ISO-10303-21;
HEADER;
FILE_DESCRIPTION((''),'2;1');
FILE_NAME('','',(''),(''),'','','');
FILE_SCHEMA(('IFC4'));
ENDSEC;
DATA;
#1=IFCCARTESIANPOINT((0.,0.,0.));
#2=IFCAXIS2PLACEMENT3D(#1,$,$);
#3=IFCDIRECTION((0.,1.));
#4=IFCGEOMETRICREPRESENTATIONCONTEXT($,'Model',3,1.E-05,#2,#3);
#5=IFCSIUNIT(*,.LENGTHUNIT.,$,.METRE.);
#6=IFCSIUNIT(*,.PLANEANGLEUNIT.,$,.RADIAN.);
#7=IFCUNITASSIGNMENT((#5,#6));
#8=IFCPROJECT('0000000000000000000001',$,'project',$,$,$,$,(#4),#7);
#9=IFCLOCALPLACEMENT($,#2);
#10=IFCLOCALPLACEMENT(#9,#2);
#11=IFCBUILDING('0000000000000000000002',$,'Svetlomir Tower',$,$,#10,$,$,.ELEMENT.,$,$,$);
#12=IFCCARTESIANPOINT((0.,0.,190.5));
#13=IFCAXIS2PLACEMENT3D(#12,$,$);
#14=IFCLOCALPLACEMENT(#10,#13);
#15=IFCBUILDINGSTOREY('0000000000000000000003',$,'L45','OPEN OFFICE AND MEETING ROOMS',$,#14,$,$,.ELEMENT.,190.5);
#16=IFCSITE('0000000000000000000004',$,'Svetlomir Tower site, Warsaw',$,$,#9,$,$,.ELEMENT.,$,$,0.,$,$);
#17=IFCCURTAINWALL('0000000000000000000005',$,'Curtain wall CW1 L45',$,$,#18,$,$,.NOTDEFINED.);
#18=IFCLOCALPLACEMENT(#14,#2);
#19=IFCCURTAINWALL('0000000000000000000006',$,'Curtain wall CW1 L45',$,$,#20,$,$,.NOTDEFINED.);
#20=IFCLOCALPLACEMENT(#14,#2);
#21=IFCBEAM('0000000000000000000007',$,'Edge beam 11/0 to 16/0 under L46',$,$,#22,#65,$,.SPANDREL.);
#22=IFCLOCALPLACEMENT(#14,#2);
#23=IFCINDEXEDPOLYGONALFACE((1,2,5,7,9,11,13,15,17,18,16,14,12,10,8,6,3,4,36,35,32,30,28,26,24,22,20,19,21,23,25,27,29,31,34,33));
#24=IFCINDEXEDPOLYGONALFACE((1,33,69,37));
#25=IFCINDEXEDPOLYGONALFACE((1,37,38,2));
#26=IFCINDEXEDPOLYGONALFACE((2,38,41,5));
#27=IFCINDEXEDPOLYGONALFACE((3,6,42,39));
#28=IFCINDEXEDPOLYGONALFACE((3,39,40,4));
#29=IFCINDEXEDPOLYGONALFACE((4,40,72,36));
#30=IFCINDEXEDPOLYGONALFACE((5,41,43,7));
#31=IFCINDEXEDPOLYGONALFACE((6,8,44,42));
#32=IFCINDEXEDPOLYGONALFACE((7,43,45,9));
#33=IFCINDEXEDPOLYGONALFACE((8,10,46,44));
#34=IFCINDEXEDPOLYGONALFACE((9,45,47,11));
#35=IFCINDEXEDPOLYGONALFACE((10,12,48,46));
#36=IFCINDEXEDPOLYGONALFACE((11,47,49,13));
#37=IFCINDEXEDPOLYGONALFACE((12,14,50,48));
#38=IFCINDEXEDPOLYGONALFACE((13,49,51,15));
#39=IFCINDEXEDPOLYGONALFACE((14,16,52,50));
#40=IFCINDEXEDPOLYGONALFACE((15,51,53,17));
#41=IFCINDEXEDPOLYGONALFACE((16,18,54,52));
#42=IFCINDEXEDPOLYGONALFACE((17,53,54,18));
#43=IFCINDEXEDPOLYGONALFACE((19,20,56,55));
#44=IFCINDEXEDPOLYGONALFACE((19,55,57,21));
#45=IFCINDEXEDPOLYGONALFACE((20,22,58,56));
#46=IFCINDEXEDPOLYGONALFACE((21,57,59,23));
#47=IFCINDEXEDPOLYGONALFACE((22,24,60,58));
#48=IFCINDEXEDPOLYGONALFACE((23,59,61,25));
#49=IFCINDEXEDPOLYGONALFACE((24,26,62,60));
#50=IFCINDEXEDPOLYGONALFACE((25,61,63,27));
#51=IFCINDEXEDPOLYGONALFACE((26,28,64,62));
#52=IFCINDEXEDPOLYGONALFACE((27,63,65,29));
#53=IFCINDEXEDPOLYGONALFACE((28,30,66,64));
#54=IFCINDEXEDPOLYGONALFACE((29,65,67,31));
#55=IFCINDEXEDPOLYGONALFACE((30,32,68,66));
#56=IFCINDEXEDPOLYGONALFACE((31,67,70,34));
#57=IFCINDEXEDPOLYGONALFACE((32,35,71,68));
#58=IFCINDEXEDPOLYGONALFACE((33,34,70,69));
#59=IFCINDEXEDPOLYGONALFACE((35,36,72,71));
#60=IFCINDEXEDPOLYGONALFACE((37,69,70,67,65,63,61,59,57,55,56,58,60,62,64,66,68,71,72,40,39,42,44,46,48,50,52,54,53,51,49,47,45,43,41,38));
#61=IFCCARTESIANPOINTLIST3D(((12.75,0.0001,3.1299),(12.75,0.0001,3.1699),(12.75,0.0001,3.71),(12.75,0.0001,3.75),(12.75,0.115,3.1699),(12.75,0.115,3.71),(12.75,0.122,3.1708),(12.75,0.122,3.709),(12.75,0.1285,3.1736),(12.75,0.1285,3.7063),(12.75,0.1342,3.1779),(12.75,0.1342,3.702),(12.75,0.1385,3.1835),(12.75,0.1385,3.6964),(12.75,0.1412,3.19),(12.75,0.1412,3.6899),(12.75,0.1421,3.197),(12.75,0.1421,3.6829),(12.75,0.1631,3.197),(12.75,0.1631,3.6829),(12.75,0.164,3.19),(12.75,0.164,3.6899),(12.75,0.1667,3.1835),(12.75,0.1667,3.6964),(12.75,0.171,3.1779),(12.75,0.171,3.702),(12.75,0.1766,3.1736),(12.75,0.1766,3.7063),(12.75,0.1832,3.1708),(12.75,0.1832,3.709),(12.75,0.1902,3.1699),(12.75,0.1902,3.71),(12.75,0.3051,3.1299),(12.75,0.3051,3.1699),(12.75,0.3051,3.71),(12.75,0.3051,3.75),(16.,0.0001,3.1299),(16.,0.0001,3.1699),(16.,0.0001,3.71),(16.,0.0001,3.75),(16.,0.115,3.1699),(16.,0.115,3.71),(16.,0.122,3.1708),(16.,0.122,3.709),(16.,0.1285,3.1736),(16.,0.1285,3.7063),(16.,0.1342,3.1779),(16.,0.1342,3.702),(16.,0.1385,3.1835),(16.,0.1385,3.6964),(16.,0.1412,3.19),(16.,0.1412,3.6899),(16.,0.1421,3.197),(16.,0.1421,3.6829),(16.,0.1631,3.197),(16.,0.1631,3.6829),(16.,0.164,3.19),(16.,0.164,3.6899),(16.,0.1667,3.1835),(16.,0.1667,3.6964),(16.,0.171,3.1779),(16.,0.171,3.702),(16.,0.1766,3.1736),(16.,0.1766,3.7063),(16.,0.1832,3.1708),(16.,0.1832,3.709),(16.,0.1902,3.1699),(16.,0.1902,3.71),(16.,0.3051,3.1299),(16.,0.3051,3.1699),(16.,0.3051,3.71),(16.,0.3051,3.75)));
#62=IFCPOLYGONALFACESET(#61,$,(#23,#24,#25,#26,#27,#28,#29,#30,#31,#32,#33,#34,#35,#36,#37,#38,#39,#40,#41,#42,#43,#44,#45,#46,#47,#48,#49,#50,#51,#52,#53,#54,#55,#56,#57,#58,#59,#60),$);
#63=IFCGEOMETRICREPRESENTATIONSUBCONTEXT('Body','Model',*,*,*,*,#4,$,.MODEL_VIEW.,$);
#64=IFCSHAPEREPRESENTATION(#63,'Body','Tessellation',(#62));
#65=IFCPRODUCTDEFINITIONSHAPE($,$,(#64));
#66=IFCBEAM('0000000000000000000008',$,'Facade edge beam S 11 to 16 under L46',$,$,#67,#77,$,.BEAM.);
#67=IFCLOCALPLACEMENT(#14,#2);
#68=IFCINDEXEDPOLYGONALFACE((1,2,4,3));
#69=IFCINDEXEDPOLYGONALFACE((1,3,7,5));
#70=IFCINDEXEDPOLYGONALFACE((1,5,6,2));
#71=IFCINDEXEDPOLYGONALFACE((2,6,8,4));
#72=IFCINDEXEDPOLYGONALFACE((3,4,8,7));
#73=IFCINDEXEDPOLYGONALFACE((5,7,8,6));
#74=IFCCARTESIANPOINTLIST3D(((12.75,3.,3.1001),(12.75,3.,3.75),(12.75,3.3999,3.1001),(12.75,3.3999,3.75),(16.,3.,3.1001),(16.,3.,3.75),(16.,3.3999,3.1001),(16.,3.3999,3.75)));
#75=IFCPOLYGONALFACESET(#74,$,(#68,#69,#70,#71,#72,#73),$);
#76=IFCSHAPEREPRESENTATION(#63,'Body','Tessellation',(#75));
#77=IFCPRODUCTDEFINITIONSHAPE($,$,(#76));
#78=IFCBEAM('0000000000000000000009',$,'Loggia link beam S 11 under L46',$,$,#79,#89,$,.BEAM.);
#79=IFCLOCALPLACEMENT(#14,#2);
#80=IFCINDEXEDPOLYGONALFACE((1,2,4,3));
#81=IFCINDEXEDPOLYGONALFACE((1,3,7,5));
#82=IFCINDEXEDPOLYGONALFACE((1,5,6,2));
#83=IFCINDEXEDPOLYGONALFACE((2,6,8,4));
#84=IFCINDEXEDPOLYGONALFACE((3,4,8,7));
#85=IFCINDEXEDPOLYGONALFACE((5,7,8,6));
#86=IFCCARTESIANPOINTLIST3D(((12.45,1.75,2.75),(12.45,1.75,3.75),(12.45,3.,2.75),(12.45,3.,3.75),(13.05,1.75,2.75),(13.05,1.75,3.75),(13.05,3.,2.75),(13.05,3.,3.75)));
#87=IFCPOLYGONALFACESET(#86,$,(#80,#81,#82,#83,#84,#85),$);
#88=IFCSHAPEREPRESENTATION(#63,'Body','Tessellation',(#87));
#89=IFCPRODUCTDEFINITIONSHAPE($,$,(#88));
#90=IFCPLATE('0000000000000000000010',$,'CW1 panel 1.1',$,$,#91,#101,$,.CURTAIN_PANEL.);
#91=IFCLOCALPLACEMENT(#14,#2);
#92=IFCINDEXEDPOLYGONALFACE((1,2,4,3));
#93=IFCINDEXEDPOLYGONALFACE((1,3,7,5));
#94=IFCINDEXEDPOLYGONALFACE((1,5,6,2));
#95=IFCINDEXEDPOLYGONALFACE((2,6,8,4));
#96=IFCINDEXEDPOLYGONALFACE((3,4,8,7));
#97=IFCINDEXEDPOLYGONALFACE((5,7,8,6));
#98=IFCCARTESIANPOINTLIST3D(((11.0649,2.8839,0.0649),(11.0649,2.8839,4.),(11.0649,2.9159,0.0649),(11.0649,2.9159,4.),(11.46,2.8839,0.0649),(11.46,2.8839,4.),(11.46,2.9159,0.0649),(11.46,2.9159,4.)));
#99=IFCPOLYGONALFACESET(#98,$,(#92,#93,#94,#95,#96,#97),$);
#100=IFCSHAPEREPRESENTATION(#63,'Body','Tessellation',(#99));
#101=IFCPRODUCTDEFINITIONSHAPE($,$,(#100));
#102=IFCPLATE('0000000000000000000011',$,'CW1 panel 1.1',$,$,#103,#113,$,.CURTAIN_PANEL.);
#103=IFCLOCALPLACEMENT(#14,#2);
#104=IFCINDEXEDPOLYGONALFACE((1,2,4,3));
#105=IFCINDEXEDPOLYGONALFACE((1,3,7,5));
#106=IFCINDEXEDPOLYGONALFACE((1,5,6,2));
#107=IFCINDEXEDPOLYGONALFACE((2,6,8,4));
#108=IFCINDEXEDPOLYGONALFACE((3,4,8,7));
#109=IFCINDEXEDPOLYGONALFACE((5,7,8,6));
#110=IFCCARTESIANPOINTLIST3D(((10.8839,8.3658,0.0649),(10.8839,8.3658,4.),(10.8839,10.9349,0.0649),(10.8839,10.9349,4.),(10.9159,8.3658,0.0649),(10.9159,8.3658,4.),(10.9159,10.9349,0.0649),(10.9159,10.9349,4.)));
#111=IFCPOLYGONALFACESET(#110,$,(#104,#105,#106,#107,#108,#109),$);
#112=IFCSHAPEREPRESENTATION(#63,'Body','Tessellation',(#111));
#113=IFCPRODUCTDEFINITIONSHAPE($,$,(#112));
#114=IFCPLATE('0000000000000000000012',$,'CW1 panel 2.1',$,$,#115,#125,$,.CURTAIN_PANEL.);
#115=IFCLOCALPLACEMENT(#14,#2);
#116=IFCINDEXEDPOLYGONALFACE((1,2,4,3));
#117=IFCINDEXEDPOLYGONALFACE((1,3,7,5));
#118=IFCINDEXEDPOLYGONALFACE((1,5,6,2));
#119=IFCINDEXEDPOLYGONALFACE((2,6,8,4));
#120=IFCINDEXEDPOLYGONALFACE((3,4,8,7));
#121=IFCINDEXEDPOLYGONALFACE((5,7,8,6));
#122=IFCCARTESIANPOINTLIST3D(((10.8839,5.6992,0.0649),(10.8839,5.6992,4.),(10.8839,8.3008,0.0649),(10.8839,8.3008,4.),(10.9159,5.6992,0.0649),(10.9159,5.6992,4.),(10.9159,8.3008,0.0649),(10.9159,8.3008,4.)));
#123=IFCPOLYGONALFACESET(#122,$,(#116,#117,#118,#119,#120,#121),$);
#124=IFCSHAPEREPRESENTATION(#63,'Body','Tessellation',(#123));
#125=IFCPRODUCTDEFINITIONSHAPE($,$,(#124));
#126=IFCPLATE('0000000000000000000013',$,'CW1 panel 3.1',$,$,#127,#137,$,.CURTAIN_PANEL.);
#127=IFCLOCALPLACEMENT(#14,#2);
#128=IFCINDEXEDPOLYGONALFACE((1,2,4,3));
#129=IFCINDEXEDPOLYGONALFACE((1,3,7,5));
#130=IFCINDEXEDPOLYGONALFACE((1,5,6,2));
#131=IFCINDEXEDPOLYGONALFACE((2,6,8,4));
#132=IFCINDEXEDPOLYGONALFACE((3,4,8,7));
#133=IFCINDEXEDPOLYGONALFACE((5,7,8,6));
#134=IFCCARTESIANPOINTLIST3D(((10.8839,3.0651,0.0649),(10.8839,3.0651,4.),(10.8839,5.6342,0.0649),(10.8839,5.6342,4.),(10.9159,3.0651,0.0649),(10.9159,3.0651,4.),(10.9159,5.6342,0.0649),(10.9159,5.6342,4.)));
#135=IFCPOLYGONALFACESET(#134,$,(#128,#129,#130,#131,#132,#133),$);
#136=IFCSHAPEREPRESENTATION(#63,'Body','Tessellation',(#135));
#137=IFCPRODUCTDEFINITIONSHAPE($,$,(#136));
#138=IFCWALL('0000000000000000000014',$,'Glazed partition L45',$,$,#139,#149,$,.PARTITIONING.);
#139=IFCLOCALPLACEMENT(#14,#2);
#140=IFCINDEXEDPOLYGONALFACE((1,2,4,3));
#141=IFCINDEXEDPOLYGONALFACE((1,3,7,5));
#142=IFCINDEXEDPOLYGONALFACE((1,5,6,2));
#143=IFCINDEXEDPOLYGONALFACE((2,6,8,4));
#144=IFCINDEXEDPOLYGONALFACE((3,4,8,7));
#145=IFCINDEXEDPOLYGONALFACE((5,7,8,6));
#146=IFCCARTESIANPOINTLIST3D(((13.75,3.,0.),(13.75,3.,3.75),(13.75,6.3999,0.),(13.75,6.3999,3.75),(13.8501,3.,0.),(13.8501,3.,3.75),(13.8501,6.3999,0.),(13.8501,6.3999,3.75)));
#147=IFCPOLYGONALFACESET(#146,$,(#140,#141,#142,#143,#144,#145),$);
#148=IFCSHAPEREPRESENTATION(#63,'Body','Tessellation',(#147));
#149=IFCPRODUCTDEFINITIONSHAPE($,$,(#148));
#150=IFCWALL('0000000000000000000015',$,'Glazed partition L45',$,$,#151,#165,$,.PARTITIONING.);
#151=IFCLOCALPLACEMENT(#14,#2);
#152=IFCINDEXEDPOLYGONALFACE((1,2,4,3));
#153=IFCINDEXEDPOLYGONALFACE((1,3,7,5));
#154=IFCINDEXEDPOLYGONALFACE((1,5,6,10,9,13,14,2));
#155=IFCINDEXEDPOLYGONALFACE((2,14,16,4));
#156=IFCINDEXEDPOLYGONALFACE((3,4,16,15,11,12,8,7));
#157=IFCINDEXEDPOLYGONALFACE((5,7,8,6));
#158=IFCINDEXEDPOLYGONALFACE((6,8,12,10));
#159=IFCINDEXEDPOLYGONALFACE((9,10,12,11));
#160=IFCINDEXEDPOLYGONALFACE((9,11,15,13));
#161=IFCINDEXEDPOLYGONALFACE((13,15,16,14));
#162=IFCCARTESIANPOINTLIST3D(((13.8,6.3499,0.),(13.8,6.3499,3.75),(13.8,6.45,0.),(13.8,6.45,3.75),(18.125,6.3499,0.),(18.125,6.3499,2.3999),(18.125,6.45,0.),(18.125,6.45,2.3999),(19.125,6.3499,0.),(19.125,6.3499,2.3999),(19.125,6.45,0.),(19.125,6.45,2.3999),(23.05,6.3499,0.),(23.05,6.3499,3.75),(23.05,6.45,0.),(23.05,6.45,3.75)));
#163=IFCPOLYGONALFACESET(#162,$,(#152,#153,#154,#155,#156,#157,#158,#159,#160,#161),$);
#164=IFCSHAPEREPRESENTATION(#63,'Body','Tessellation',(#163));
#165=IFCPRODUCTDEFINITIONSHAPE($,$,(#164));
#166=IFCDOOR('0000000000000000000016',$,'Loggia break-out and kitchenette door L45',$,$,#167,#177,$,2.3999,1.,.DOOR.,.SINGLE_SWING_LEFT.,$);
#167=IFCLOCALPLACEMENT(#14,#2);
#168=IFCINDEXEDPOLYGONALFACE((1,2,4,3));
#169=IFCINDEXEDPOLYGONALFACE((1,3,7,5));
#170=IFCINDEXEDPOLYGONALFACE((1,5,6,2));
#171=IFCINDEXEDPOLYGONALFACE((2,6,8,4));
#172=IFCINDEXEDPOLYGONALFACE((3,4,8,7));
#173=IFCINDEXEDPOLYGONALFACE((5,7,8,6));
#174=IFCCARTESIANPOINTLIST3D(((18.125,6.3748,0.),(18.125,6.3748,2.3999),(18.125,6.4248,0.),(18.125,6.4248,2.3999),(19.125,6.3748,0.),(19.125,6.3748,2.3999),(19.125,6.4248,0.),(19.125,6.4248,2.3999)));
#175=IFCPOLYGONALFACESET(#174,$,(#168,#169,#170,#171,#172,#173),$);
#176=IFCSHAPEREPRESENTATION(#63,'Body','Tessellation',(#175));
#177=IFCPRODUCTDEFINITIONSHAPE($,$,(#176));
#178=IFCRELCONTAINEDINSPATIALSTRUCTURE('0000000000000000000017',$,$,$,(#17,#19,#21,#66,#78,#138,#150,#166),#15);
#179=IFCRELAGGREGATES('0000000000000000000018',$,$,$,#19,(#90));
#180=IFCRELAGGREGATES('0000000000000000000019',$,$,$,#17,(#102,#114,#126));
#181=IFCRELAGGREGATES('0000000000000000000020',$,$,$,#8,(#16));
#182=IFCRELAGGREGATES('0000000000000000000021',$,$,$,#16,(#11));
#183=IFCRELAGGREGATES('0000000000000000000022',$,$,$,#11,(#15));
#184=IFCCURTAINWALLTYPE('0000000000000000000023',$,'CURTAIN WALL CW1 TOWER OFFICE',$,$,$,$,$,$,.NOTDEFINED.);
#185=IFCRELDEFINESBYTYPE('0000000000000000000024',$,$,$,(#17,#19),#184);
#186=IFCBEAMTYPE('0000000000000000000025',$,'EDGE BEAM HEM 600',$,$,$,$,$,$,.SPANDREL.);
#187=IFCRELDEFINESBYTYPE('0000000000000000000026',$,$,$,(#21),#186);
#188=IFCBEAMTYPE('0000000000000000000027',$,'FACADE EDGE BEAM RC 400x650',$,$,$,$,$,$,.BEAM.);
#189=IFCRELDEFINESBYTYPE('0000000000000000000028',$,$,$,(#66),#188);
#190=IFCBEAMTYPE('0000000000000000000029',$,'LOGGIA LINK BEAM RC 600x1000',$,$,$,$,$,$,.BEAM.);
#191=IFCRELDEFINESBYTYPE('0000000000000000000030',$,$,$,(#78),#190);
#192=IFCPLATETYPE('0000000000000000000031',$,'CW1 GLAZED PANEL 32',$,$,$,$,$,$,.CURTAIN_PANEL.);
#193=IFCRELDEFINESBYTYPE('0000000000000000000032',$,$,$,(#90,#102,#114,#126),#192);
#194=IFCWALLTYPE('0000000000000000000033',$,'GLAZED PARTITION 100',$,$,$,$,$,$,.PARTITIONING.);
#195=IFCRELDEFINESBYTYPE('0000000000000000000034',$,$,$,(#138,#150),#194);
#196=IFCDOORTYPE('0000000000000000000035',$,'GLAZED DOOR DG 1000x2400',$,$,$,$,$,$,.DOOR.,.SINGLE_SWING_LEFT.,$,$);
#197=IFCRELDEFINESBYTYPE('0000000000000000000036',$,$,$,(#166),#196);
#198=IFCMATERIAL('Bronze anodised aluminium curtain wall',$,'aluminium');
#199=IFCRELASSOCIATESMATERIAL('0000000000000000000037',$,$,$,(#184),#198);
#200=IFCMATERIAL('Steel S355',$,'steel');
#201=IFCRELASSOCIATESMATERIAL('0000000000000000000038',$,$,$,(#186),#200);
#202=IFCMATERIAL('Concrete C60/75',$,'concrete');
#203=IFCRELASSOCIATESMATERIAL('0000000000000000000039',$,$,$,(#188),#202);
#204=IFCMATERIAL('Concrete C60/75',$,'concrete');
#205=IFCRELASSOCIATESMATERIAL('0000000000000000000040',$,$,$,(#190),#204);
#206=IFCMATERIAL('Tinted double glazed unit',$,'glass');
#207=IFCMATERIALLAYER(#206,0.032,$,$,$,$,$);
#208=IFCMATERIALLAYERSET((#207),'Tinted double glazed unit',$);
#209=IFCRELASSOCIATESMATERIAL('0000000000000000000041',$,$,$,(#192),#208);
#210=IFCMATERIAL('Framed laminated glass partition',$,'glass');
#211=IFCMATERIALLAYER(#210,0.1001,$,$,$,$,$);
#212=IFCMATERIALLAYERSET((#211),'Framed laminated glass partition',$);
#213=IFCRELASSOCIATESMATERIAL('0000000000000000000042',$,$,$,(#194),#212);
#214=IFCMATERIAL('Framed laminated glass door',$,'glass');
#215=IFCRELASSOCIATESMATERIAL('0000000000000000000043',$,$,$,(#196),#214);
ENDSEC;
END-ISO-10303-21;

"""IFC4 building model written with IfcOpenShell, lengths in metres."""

from ifc_helpers import new_model, si_unit, direction, frame, frame_2d, origin, origin_2d, place, context, subcontext, project, spatial, rectangle, i_section, extrude, material, layer, layer_set, material_profile, profile_set, type_object, element, fill, aggregate, save


model = new_model("IFC4")

# Units and contexts
model_context = context("Model", 3, precision=1e-05, world=origin(), true_north=direction((0.0, 1.0)))
body_context = subcontext(model_context, "Body", "Model", "MODEL_VIEW")
ifc_project = project(units=[si_unit("LENGTHUNIT", "METRE"), si_unit("PLANEANGLEUNIT", "RADIAN")], contexts=[model_context])

# Site, building, storey
site_placement = place(None, origin())
site = spatial("IfcSite", under=ifc_project, at=site_placement, Name="Svetlomir Tower site, Warsaw", CompositionType="ELEMENT", RefElevation=0.0)
building_placement = place(site_placement, origin())
building = spatial("IfcBuilding", under=site, at=building_placement, Name="Svetlomir Tower", CompositionType="ELEMENT")
storey_placement = place(building_placement, frame((0.0, 0.0, 190.5)))
storey = spatial("IfcBuildingStorey", under=building, at=storey_placement, Name="L45", Description="OPEN OFFICE AND MEETING ROOMS", CompositionType="ELEMENT", Elevation=190.5)

# Curtain wall
ifc_material_1 = material(Name="Bronze anodised aluminium curtain wall", Category="aluminium")
curtain_wall_type = type_object("IfcCurtainWallType", Name="CURTAIN WALL CW1 TOWER OFFICE", PredefinedType="NOTDEFINED", material=ifc_material_1)
curtain_wall_1_placement = place(storey_placement, origin())
curtain_wall_1 = element("IfcCurtainWall", 1, at=curtain_wall_1_placement, inside=storey, type_object=curtain_wall_type, Name="Curtain wall CW1 L45", PredefinedType="NOTDEFINED")

# Curtain wall
curtain_wall_2_placement = place(storey_placement, origin())
curtain_wall_2 = element("IfcCurtainWall", 2, at=curtain_wall_2_placement, inside=storey, type_object=curtain_wall_type, Name="Curtain wall CW1 L45", PredefinedType="NOTDEFINED")

# Beams
ifc_material_2 = material(Name="Steel S355", Category="steel")
ifc_material_profile_1 = material_profile(ifc_material_2, i_section(OverallWidth=0.3049, OverallDepth=0.6201, WebThickness=0.021, FlangeThickness=0.04, FilletRadius=0.0271, at=origin_2d()), Name="HEM 600")
ifc_profile_set_1 = profile_set([ifc_material_profile_1], Name="Steel S355")
beam_type_1 = type_object("IfcBeamType", Name="EDGE BEAM HEM 600", PredefinedType="SPANDREL", material=ifc_profile_set_1)
beam_1_placement = place(storey_placement, frame((12.75, 0.1526, 3.4399), z_axis=(1.0, 0.0, 0.0), x_axis=(0.0, 1.0, 0.0)))
element("IfcBeam", 3, at=beam_1_placement, inside=storey, type_object=beam_type_1, Name="Edge beam 11/0 to 16/0 under L46", PredefinedType="SPANDREL", context=body_context, shape_type="SweptSolid", body=[
    extrude(i_section(OverallWidth=0.3049, OverallDepth=0.6201, WebThickness=0.021, FlangeThickness=0.04, FilletRadius=0.0271, at=origin_2d()), origin(), (0.0, 0.0, 1.0), 3.25),
])
ifc_material_3 = material(Name="Concrete C60/75", Category="concrete")
ifc_material_profile_2 = material_profile(ifc_material_3, rectangle(XDim=0.3999, YDim=0.6499, at=origin_2d()), Name="RC 400x650")
ifc_profile_set_2 = profile_set([ifc_material_profile_2], Name="Concrete C60/75")
beam_type_2 = type_object("IfcBeamType", Name="FACADE EDGE BEAM RC 400x650", PredefinedType="BEAM", material=ifc_profile_set_2)
beam_2_placement = place(storey_placement, frame((12.75, 3.2, 3.425), z_axis=(1.0, 0.0, 0.0), x_axis=(0.0, 1.0, 0.0)))
element("IfcBeam", 4, at=beam_2_placement, inside=storey, type_object=beam_type_2, Name="Facade edge beam S 11 to 16 under L46", PredefinedType="BEAM", context=body_context, shape_type="SweptSolid", body=[
    extrude(rectangle(XDim=0.3999, YDim=0.6499, at=origin_2d()), origin(), (0.0, 0.0, 1.0), 3.25),
])
ifc_material_4 = material(Name="Concrete C60/75", Category="concrete")
ifc_material_profile_3 = material_profile(ifc_material_4, rectangle(XDim=0.6001, YDim=1.0, at=origin_2d()), Name="RC 600x1000")
ifc_profile_set_3 = profile_set([ifc_material_profile_3], Name="Concrete C60/75")
beam_type_3 = type_object("IfcBeamType", Name="LOGGIA LINK BEAM RC 600x1000", PredefinedType="BEAM", material=ifc_profile_set_3)
beam_3_placement = place(storey_placement, frame((12.75, 1.75, 3.25), z_axis=(0.0, 1.0, 0.0), x_axis=(-1.0, 0.0, 0.0)))
element("IfcBeam", 5, at=beam_3_placement, inside=storey, type_object=beam_type_3, Name="Loggia link beam S 11 under L46", PredefinedType="BEAM", context=body_context, shape_type="SweptSolid", body=[
    extrude(rectangle(XDim=0.6001, YDim=1.0, at=origin_2d()), origin(), (0.0, 0.0, 1.0), 1.25),
])

# Plates
ifc_material_5 = material(Name="Tinted double glazed unit", Category="glass")
ifc_layer_1 = layer(ifc_material_5, 0.032)
ifc_layer_set_1 = layer_set([ifc_layer_1], Name="Tinted double glazed unit")
plate_type = type_object("IfcPlateType", Name="CW1 GLAZED PANEL 32", PredefinedType="CURTAIN_PANEL", material=ifc_layer_set_1)
plate_1_placement = place(storey_placement, frame((11.2625, 2.8999, 0.0649), z_axis=(0.0, 0.0, 1.0), x_axis=(1.0, 0.0, 0.0)))
plate_1 = element("IfcPlate", 6, at=plate_1_placement, type_object=plate_type, Name="CW1 panel 1.1", PredefinedType="CURTAIN_PANEL", context=body_context, shape_type="SweptSolid", body=[
    extrude(rectangle(XDim=0.395, YDim=0.032, at=origin_2d()), origin(), (0.0, 0.0, 1.0), 3.9351),
])
aggregate(curtain_wall_2, [plate_1])
plate_2_placement = place(storey_placement, frame((10.8999, 9.6504, 0.0649), z_axis=(0.0, 0.0, 1.0), x_axis=(0.0, -1.0, 0.0)))
plate_2 = element("IfcPlate", 7, at=plate_2_placement, type_object=plate_type, Name="CW1 panel 1.1", PredefinedType="CURTAIN_PANEL", context=body_context, shape_type="SweptSolid", body=[
    extrude(rectangle(XDim=2.5691, YDim=0.032, at=origin_2d()), origin(), (0.0, 0.0, 1.0), 3.9351),
])
plate_3_placement = place(storey_placement, frame((10.8999, 7.0, 0.0649), z_axis=(0.0, 0.0, 1.0), x_axis=(0.0, -1.0, 0.0)))
plate_3 = element("IfcPlate", 8, at=plate_3_placement, type_object=plate_type, Name="CW1 panel 2.1", PredefinedType="CURTAIN_PANEL", context=body_context, shape_type="SweptSolid", body=[
    extrude(rectangle(XDim=2.6016, YDim=0.032, at=origin_2d()), origin(), (0.0, 0.0, 1.0), 3.9351),
])
plate_4_placement = place(storey_placement, frame((10.8999, 4.3496, 0.0649), z_axis=(0.0, 0.0, 1.0), x_axis=(0.0, -1.0, 0.0)))
plate_4 = element("IfcPlate", 9, at=plate_4_placement, type_object=plate_type, Name="CW1 panel 3.1", PredefinedType="CURTAIN_PANEL", context=body_context, shape_type="SweptSolid", body=[
    extrude(rectangle(XDim=2.5691, YDim=0.032, at=origin_2d()), origin(), (0.0, 0.0, 1.0), 3.9351),
])
aggregate(curtain_wall_1, [plate_2, plate_3, plate_4])

# Wall
ifc_material_6 = material(Name="Framed laminated glass partition", Category="glass")
ifc_layer_2 = layer(ifc_material_6, 0.1001)
ifc_layer_set_2 = layer_set([ifc_layer_2], Name="Framed laminated glass partition")
wall_type_1 = type_object("IfcWallType", Name="GLAZED PARTITION 100", PredefinedType="PARTITIONING", material=ifc_layer_set_2)
wall_1_placement = place(storey_placement, frame((13.8, 3.0, 0.0), z_axis=(0.0, 0.0, 1.0), x_axis=(0.0, 1.0, 0.0)))
element("IfcWall", 10, at=wall_1_placement, inside=storey, type_object=wall_type_1, Name="Glazed partition L45", PredefinedType="PARTITIONING", context=body_context, shape_type="SweptSolid", body=[
    extrude(rectangle(XDim=3.3999, YDim=0.1001, at=frame_2d((1.7, 0.0))), origin(), (0.0, 0.0, 1.0), 3.75),
])

# Wall, opening, door
wall_2_placement = place(storey_placement, frame((13.8, 6.3999, 0.0), z_axis=(0.0, 0.0, 1.0), x_axis=(1.0, 0.0, 0.0)))
wall_2 = element("IfcWall", 11, at=wall_2_placement, inside=storey, type_object=wall_type_1, Name="Glazed partition L45", PredefinedType="PARTITIONING", context=body_context, shape_type="SweptSolid", body=[
    extrude(rectangle(XDim=9.25, YDim=0.1001, at=frame_2d((4.625, 0.0))), origin(), (0.0, 0.0, 1.0), 3.75),
])
opening_1_placement = place(wall_2_placement, frame((4.325, 0.0, 0.0)))
opening_1 = element("IfcOpeningElement", 12, at=opening_1_placement, cuts=wall_2, PredefinedType="OPENING", context=body_context, shape_type="SweptSolid", body=[
    extrude(rectangle(XDim=1.0, YDim=2.3999, at=frame_2d((0.5, 1.2))), frame((0.0, 0.0601, 0.0), z_axis=(0.0, -1.0, 0.0), x_axis=(1.0, 0.0, 0.0)), (0.0, 0.0, 1.0), 0.1201),
])
ifc_material_7 = material(Name="Framed laminated glass door", Category="glass")
door_type_1 = type_object("IfcDoorType", Name="GLAZED DOOR DG 1000x2400", OperationType="SINGLE_SWING_LEFT", PredefinedType="DOOR", material=ifc_material_7)
door_1_placement = place(opening_1_placement, origin())
door_1 = element("IfcDoor", 13, at=door_1_placement, inside=storey, type_object=door_type_1, Name="Loggia break-out and kitchenette door L45", OperationType="SINGLE_SWING_LEFT", OverallHeight=2.3999, OverallWidth=1.0, PredefinedType="DOOR", context=body_context, shape_type="SweptSolid", body=[
    extrude(rectangle(XDim=1.0, YDim=2.3999, at=frame_2d((0.5, 1.2))), frame((0.0, 0.0249, 0.0), z_axis=(0.0, -1.0, 0.0), x_axis=(1.0, 0.0, 0.0)), (0.0, 0.0, 1.0), 0.05),
])
fill(opening_1, door_1)

save(model, "model.ifc")
